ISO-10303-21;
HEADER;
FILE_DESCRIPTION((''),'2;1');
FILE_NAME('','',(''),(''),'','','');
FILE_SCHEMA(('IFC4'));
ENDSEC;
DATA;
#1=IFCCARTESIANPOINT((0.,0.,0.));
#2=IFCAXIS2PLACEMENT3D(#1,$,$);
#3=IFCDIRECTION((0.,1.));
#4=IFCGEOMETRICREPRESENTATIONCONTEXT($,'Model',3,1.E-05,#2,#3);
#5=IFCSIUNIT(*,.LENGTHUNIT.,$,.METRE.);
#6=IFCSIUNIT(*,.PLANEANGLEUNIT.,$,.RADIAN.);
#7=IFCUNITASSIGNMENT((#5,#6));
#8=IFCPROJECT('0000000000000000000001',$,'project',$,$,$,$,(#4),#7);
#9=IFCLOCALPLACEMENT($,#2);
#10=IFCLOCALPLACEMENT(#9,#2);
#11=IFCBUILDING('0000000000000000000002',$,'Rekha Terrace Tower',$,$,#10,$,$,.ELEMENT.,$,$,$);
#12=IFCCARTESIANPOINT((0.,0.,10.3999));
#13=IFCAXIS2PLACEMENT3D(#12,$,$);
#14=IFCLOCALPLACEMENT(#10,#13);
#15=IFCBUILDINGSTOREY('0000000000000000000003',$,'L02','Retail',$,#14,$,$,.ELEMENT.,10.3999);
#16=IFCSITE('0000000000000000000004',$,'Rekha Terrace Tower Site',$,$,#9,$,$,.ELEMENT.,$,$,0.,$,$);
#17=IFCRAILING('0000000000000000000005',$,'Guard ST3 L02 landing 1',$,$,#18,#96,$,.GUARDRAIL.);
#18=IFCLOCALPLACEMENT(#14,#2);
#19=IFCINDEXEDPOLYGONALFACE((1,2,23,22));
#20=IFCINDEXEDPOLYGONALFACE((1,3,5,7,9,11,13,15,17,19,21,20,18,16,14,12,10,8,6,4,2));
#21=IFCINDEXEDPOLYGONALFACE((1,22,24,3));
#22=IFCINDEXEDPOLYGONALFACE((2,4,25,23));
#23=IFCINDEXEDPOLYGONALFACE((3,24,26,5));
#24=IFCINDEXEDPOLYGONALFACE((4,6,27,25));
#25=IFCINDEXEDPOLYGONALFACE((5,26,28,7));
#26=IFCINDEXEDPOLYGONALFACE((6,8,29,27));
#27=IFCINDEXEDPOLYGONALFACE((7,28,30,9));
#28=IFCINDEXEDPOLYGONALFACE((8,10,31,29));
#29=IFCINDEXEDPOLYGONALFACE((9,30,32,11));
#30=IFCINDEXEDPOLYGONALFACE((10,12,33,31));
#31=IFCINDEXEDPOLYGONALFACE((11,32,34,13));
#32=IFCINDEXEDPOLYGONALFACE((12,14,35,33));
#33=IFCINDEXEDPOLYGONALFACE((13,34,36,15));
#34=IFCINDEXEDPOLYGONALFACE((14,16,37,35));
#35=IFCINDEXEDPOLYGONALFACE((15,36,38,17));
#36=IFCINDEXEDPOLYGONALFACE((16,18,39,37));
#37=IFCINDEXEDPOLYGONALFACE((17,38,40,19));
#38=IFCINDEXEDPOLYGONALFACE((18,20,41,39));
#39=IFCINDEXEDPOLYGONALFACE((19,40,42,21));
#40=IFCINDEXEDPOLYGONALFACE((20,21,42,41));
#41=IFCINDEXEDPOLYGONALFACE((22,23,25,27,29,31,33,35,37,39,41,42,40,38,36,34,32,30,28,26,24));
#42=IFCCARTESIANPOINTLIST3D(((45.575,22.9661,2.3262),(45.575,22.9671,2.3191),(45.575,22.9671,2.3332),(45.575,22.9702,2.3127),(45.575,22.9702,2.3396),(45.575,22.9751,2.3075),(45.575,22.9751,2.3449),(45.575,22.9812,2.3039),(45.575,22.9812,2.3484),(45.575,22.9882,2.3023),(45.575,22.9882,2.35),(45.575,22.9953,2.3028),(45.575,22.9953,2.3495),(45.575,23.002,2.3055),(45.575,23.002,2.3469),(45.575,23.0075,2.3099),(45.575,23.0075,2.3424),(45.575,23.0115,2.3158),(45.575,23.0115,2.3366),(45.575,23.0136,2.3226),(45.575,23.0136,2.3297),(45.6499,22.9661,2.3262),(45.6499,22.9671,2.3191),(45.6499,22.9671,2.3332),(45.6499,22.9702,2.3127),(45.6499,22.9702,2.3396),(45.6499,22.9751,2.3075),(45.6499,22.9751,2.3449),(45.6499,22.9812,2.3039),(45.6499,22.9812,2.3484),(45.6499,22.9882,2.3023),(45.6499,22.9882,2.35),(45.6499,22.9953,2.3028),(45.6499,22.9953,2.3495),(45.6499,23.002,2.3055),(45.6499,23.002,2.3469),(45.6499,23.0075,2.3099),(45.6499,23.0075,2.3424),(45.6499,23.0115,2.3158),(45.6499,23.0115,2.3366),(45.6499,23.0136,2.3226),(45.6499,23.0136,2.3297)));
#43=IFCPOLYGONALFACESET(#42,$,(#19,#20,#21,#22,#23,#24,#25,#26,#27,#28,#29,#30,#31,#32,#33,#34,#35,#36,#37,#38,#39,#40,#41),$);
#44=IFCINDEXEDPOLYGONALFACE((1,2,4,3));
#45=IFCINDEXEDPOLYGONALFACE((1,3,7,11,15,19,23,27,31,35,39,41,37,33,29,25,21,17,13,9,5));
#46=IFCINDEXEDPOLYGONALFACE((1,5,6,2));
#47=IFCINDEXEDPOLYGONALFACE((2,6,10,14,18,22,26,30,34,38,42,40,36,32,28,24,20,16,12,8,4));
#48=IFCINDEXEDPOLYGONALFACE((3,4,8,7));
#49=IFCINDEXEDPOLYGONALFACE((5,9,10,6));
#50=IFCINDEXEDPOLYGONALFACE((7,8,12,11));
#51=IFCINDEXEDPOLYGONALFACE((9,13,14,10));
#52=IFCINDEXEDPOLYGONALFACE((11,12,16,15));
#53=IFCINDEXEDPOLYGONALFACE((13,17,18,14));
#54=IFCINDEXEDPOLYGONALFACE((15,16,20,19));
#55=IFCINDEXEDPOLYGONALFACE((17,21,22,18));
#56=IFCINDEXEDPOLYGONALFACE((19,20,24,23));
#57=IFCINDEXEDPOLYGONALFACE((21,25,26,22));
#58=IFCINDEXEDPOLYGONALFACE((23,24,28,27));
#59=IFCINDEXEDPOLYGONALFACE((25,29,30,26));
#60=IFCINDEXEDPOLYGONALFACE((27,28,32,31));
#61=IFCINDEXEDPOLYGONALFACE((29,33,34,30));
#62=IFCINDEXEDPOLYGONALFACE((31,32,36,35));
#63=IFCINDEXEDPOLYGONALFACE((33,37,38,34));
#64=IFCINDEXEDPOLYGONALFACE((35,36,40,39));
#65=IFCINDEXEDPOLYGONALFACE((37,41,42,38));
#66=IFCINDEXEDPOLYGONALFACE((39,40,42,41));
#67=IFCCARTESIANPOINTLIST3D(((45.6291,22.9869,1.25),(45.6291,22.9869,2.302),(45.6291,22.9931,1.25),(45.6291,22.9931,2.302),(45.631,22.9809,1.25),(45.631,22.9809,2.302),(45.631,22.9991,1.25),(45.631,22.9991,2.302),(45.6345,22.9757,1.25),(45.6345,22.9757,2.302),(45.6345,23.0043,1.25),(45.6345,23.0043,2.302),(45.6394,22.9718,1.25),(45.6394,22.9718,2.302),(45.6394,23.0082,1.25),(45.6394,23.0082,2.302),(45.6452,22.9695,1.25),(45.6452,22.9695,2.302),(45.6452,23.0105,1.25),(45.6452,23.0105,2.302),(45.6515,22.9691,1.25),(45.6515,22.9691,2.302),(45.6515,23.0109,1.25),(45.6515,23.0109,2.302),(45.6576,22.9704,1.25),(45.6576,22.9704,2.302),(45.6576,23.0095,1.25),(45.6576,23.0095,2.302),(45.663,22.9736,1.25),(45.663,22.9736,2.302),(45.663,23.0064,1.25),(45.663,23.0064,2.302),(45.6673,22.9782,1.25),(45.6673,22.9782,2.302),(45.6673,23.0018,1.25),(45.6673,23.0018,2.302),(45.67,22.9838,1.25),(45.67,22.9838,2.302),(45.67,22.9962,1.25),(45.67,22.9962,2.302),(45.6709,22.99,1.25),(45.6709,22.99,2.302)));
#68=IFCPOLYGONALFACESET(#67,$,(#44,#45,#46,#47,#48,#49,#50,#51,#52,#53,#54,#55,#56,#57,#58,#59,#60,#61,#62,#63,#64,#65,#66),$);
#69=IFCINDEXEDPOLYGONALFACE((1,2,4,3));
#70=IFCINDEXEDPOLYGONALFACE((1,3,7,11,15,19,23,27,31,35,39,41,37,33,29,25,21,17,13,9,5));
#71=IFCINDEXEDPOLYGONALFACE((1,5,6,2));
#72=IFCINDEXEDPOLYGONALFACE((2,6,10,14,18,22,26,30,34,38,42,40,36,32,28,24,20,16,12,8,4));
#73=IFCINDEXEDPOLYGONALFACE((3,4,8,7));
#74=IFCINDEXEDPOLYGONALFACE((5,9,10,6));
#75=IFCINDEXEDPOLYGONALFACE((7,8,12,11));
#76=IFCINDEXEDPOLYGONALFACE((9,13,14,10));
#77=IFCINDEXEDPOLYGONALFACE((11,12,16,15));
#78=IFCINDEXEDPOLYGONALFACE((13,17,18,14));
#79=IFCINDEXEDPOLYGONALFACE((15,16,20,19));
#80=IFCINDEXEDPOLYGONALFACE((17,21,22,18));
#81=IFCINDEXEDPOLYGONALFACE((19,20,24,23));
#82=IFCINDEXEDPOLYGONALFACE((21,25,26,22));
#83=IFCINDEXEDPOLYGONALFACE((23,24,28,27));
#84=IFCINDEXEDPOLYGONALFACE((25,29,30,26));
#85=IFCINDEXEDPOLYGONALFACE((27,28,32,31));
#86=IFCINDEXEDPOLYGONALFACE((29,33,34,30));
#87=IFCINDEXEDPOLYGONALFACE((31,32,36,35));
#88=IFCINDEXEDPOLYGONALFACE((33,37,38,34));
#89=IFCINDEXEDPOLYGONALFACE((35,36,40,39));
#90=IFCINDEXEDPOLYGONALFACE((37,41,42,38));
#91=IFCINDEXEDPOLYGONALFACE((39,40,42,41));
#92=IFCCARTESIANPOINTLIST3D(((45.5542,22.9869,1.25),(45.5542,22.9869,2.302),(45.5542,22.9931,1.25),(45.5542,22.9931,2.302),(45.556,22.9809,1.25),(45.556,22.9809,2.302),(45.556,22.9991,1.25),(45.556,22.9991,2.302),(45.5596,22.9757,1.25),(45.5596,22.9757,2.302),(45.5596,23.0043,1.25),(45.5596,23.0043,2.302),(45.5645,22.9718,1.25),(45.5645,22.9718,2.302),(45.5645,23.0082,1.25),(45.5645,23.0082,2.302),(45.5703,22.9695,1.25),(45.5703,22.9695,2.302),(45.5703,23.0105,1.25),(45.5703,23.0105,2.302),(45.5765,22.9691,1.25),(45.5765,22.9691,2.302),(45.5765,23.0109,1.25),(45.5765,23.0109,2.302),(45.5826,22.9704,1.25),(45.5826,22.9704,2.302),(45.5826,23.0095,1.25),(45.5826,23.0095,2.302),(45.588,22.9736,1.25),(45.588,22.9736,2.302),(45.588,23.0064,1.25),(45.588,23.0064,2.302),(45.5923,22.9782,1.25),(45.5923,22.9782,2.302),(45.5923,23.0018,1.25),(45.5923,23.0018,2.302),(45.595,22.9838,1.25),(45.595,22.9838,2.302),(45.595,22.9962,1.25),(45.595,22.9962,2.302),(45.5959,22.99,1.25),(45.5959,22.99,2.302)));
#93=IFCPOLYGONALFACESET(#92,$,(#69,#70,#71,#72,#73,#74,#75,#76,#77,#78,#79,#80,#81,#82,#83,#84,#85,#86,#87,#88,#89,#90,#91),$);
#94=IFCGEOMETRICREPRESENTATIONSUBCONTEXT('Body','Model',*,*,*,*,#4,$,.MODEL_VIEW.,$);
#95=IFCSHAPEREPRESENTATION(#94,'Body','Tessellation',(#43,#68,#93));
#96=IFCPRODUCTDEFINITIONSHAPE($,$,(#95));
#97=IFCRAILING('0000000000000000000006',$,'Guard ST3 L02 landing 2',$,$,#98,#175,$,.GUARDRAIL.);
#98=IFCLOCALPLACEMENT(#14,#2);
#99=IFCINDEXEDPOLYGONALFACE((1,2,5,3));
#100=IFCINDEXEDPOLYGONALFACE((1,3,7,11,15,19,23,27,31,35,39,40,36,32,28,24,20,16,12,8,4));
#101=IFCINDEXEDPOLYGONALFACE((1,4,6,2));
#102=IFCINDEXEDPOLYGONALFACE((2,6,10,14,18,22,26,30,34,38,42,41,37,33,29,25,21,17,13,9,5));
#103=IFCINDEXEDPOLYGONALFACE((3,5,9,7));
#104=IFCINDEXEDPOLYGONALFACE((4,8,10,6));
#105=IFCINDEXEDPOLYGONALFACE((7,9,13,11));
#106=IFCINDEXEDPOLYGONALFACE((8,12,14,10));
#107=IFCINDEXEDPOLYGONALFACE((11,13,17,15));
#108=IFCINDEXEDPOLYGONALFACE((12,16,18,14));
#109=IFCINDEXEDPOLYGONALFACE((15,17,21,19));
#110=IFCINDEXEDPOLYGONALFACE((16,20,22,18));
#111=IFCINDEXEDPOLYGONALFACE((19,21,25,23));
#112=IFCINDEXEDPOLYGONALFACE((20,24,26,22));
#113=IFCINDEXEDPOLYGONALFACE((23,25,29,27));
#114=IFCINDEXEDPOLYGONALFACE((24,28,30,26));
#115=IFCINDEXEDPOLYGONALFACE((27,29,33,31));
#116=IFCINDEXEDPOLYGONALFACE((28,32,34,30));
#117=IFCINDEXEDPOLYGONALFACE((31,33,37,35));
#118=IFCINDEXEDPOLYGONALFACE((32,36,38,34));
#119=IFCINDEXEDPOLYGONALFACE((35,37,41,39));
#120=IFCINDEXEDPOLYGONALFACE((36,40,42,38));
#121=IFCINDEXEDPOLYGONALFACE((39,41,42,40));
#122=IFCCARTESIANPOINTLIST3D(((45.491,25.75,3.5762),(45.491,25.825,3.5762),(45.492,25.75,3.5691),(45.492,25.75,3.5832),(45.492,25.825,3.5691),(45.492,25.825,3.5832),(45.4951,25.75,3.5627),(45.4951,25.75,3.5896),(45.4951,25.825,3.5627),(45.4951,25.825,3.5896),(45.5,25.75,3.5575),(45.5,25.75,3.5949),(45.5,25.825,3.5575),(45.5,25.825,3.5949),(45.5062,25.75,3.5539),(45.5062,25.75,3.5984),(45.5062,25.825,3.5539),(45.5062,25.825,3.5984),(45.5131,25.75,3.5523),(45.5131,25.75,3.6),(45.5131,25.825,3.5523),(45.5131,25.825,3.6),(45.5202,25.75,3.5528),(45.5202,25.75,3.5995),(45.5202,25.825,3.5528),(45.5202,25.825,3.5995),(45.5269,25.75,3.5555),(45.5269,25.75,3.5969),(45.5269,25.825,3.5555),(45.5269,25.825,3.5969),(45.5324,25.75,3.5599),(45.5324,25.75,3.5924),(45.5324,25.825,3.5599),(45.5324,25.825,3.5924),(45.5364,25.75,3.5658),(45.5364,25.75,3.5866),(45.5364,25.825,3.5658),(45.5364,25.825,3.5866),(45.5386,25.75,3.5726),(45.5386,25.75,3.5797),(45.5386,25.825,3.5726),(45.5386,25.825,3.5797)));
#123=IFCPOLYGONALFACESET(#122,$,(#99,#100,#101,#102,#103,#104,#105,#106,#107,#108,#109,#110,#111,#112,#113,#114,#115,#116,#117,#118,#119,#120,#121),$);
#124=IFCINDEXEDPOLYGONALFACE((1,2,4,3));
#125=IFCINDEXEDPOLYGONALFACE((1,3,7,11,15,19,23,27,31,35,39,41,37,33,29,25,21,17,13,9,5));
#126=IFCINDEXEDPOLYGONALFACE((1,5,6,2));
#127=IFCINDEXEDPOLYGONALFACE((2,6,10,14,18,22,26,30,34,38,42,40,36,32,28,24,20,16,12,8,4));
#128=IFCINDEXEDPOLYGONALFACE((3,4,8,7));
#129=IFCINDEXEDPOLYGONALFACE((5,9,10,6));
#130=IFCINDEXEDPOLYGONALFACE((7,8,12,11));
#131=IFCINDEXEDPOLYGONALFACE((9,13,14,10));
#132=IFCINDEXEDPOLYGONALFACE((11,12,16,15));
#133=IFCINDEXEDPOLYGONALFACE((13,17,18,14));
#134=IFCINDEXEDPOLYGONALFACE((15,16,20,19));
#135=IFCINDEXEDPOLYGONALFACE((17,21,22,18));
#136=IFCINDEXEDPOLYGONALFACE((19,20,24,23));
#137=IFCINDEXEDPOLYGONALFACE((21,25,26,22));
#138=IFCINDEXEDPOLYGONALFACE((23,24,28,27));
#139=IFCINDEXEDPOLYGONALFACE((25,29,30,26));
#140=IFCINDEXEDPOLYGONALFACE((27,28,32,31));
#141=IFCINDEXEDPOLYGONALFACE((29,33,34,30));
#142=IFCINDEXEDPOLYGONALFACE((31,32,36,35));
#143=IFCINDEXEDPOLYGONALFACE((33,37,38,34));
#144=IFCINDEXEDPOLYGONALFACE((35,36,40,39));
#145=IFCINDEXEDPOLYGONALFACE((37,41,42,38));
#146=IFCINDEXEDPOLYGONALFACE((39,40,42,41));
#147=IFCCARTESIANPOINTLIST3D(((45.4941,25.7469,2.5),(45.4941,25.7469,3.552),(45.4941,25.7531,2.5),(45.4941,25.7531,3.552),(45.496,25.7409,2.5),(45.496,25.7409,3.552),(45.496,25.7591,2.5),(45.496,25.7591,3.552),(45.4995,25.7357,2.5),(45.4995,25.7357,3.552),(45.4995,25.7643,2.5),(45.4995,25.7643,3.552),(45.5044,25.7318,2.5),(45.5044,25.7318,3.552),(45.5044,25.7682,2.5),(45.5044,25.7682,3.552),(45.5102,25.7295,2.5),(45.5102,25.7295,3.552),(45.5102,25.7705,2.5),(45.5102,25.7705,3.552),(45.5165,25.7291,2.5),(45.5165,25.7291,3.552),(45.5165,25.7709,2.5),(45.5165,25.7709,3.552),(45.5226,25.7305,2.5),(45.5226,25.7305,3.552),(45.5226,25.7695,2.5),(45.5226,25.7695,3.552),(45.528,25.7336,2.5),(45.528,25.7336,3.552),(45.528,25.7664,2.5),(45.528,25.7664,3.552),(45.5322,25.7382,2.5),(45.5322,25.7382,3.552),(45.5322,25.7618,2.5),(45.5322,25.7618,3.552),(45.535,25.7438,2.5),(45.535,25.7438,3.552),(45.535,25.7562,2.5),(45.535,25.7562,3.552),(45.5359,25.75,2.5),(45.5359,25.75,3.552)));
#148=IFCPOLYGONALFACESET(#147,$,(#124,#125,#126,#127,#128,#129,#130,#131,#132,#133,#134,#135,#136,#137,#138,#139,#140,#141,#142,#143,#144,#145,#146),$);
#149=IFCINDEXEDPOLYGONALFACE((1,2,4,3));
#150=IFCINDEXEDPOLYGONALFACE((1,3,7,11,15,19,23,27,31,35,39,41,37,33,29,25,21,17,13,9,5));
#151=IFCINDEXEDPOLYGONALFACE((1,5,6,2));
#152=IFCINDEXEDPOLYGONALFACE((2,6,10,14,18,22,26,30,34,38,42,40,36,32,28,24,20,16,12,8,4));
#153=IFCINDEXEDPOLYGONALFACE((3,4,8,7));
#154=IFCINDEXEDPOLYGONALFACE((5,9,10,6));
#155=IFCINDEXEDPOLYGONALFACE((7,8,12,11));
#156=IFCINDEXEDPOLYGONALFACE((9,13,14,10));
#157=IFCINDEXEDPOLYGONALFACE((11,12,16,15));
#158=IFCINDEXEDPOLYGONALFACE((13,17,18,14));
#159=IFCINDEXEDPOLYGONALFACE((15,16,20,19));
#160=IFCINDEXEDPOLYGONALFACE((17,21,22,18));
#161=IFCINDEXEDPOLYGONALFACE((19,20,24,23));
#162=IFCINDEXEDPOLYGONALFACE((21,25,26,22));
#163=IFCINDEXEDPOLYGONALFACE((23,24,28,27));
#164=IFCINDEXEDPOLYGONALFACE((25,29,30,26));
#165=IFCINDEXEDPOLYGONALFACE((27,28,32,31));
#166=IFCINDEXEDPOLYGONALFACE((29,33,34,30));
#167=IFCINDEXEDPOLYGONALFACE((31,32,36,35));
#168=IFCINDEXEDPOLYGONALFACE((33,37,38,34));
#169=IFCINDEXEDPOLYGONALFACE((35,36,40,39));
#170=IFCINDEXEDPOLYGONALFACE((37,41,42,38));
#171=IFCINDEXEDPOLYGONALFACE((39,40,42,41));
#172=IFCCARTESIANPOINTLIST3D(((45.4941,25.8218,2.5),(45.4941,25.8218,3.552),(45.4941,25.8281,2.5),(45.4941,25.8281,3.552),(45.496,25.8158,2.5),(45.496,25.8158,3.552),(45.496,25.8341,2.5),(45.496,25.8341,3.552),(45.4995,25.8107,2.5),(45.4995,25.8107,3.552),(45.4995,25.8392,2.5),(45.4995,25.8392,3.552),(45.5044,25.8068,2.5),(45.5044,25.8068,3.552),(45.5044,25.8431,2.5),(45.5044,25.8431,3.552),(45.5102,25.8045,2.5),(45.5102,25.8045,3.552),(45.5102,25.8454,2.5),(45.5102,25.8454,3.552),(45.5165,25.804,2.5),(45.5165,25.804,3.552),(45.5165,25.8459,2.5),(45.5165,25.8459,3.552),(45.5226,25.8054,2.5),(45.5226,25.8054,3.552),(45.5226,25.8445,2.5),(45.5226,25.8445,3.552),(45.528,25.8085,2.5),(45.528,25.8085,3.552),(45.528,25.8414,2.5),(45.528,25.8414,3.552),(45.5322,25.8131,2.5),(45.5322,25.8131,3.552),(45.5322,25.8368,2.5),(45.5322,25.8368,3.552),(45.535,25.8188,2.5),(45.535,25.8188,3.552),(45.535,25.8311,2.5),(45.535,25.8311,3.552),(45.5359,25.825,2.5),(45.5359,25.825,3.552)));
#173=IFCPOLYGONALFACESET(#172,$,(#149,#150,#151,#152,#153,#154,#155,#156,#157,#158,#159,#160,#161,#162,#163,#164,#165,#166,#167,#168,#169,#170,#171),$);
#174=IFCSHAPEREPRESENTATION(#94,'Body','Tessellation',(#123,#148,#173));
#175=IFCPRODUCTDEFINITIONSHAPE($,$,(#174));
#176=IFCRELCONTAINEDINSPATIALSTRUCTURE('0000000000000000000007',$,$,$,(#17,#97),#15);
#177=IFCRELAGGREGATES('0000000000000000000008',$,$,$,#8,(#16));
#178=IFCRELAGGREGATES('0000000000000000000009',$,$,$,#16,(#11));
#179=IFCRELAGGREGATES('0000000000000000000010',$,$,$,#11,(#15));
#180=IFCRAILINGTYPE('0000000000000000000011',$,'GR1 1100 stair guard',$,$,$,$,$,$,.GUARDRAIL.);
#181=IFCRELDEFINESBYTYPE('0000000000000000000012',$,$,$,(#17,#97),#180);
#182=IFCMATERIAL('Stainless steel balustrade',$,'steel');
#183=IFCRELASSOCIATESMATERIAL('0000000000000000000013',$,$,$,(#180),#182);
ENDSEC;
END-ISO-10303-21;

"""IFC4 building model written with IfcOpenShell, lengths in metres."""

from ifc_helpers import new_model, si_unit, direction, frame, origin, origin_2d, place, context, subcontext, project, spatial, circle, extrude, material, type_object, element, save


model = new_model("IFC4")

# Units and contexts
model_context = context("Model", 3, precision=1e-05, world=origin(), true_north=direction((0.0, 1.0)))
body_context = subcontext(model_context, "Body", "Model", "MODEL_VIEW")
ifc_project = project(units=[si_unit("LENGTHUNIT", "METRE"), si_unit("PLANEANGLEUNIT", "RADIAN")], contexts=[model_context])

# Site, building, storey
site_placement = place(None, origin())
site = spatial("IfcSite", under=ifc_project, at=site_placement, Name="Rekha Terrace Tower Site", CompositionType="ELEMENT", RefElevation=0.0)
building_placement = place(site_placement, origin())
building = spatial("IfcBuilding", under=site, at=building_placement, Name="Rekha Terrace Tower", CompositionType="ELEMENT")
storey_placement = place(building_placement, frame((0.0, 0.0, 10.3999)))
storey = spatial("IfcBuildingStorey", under=building, at=storey_placement, Name="L02", Description="Retail", CompositionType="ELEMENT", Elevation=10.3999)

# Railings
ifc_material_1 = material(Name="Stainless steel balustrade", Category="steel")
railing_type_1 = type_object("IfcRailingType", Name="GR1 1100 stair guard", PredefinedType="GUARDRAIL", material=ifc_material_1)
railing_1_placement = place(storey_placement, frame((45.6499, 22.99, 1.25)))
element("IfcRailing", 1, at=railing_1_placement, inside=storey, type_object=railing_type_1, Name="Guard ST3 L02 landing 1", PredefinedType="GUARDRAIL", context=body_context, shape_type="SweptSolid", body=[
    extrude(circle(Radius=0.0239, at=origin_2d()), frame((0.0, 0.0, 1.0762), z_axis=(-1.0, 0.0, 0.0), x_axis=(0.0, -1.0, 0.0)), (0.0, 0.0, 1.0), 0.075),
    extrude(circle(Radius=0.021, at=origin_2d()), origin(), (0.0, 0.0, 1.0), 1.052),
    extrude(circle(Radius=0.021, at=origin_2d()), frame((-0.075, 0.0, 0.0)), (0.0, 0.0, 1.0), 1.052),
])
railing_2_placement = place(storey_placement, frame((45.5149, 25.75, 2.5)))
element("IfcRailing", 2, at=railing_2_placement, inside=storey, type_object=railing_type_1, Name="Guard ST3 L02 landing 2", PredefinedType="GUARDRAIL", context=body_context, shape_type="SweptSolid", body=[
    extrude(circle(Radius=0.0239, at=origin_2d()), frame((0.0, 0.0, 1.0762), z_axis=(0.0, 1.0, 0.0), x_axis=(-1.0, 0.0, 0.0)), (0.0, 0.0, 1.0), 0.075),
    extrude(circle(Radius=0.021, at=origin_2d()), origin(), (0.0, 0.0, 1.0), 1.052),
    extrude(circle(Radius=0.021, at=origin_2d()), frame((0.0, 0.075, 0.0)), (0.0, 0.0, 1.0), 1.052),
])

save(model, "model.ifc")
